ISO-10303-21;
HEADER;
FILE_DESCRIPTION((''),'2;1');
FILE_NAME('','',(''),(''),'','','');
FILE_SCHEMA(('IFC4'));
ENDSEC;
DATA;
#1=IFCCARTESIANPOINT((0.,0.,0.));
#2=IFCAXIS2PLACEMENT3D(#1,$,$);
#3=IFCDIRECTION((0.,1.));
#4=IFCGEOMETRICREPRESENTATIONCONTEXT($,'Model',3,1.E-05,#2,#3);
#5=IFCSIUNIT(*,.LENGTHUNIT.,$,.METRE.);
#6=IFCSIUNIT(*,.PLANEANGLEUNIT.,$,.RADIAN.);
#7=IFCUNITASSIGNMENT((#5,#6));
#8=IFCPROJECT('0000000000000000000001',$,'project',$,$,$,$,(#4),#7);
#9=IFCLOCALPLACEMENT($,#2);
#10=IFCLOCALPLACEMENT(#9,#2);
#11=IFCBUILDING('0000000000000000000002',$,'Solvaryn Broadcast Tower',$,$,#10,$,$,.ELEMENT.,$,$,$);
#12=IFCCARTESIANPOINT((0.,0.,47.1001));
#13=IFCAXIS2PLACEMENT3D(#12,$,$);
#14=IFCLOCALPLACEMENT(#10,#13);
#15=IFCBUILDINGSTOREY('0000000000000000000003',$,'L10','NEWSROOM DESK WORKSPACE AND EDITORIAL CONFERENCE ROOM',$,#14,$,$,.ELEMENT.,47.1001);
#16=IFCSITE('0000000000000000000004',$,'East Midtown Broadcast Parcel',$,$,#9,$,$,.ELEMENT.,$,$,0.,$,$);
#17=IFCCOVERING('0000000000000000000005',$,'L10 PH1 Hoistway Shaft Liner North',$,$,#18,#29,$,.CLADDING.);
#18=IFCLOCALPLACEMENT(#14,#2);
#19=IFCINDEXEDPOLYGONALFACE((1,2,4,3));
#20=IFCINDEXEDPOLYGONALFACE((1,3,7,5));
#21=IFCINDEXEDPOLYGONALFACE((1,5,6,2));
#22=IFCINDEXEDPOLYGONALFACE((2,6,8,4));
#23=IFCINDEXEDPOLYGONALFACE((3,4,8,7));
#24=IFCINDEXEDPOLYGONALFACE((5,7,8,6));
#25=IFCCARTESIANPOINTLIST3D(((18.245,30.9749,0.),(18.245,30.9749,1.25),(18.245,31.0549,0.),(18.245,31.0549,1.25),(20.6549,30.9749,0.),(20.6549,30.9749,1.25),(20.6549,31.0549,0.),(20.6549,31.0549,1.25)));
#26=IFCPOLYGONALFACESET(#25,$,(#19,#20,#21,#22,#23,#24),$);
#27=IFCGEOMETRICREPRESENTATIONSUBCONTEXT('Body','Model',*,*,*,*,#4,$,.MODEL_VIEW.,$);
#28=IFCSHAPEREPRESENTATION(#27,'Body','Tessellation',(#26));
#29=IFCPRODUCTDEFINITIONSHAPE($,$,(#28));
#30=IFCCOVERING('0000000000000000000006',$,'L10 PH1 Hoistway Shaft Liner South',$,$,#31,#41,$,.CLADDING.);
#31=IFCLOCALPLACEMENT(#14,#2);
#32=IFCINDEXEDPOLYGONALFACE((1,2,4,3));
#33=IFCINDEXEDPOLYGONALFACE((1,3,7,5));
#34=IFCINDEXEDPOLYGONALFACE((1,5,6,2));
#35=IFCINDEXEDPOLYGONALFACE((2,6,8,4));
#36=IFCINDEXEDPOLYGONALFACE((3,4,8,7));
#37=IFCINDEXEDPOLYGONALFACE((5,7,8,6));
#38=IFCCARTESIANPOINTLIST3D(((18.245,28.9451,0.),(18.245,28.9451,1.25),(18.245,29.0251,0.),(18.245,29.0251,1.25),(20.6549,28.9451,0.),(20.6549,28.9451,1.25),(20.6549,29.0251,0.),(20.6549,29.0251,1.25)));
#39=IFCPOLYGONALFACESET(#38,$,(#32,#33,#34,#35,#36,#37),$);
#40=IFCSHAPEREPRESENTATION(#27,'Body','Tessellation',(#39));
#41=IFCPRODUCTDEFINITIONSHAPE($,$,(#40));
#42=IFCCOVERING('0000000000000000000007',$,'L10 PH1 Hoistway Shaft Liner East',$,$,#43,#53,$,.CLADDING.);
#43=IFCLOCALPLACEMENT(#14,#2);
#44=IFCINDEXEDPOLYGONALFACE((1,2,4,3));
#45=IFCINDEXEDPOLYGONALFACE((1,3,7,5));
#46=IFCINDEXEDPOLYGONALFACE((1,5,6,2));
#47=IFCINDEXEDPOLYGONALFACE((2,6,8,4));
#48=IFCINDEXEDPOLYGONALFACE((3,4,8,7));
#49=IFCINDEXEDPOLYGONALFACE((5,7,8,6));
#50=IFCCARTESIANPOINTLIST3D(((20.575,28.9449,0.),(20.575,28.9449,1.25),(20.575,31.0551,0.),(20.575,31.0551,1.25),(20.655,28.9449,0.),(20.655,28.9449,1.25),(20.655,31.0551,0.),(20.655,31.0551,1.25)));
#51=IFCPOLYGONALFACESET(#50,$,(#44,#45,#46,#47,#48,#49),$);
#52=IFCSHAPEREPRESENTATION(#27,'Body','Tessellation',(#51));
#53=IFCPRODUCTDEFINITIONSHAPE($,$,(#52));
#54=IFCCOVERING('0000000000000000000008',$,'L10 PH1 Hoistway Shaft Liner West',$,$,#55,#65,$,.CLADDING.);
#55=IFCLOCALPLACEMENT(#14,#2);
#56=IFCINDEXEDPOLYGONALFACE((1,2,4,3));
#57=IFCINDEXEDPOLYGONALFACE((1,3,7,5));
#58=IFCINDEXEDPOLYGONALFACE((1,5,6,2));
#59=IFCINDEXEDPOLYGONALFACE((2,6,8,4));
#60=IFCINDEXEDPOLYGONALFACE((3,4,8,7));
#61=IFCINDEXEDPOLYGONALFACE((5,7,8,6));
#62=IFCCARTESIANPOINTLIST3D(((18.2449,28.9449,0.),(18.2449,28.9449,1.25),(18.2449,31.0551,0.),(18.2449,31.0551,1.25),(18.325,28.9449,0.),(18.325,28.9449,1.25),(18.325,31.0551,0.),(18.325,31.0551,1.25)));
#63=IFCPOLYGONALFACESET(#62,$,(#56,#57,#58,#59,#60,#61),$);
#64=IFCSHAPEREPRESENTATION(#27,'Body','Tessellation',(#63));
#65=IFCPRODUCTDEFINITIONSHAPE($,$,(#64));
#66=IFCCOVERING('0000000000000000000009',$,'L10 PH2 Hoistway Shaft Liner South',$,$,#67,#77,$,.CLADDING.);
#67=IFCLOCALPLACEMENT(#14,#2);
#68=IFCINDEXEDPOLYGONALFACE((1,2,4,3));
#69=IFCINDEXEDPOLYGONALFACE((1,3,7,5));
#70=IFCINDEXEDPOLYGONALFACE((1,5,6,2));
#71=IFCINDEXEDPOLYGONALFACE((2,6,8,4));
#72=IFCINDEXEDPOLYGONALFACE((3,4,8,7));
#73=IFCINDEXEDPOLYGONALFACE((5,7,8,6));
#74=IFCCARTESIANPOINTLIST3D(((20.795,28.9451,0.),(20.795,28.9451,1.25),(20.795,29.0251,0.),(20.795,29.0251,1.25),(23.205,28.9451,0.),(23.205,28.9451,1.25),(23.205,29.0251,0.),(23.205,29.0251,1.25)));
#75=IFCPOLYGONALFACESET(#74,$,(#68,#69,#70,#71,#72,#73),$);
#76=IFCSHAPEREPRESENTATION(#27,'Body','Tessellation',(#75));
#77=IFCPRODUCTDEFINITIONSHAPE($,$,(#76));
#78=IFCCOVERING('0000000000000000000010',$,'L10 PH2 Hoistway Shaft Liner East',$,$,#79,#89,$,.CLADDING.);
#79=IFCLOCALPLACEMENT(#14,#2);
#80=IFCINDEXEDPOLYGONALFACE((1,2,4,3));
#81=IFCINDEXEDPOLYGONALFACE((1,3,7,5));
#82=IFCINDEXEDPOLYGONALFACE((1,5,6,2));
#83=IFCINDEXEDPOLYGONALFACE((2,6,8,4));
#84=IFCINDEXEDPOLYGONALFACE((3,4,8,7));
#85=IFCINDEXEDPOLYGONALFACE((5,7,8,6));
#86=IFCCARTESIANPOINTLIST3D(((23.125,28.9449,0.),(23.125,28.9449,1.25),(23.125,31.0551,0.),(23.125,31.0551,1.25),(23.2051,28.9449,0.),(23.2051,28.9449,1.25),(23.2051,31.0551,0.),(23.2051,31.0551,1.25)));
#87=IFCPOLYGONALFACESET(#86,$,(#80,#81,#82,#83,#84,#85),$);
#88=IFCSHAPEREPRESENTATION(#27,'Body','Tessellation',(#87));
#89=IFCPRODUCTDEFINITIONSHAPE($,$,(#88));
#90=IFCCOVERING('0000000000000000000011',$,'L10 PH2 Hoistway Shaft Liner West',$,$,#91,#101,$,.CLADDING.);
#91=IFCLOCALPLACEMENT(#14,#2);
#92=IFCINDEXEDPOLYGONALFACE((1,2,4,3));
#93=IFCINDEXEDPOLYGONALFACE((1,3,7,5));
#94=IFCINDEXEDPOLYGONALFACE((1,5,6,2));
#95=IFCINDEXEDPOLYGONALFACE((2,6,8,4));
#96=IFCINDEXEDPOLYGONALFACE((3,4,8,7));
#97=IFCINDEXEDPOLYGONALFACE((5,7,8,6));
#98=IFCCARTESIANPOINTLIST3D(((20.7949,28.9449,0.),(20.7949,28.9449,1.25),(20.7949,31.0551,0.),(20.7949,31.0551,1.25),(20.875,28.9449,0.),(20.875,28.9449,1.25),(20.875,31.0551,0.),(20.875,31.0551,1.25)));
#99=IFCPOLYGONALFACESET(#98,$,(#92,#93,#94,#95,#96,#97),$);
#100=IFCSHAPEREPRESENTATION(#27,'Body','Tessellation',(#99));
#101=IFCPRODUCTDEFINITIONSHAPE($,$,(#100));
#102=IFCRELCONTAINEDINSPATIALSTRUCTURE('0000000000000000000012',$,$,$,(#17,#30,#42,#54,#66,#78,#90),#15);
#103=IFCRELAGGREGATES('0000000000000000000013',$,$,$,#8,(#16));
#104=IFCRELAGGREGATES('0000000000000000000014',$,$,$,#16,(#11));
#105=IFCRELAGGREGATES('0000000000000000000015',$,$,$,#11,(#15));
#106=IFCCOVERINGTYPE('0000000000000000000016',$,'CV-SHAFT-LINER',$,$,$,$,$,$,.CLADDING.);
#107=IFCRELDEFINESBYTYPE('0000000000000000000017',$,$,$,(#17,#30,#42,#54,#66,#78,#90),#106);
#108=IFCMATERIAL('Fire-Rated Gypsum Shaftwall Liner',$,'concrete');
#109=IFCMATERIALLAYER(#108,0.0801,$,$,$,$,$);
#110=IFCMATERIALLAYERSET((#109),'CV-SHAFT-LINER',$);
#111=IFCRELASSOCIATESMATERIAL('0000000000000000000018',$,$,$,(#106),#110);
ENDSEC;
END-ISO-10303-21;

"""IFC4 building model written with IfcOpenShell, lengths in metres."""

from ifc_helpers import new_model, si_unit, direction, frame, origin, origin_2d, place, context, subcontext, project, spatial, rectangle, extrude, material, layer, layer_set, type_object, element, save


model = new_model("IFC4")

# Units and contexts
model_context = context("Model", 3, precision=1e-05, world=origin(), true_north=direction((0.0, 1.0)))
body_context = subcontext(model_context, "Body", "Model", "MODEL_VIEW")
ifc_project = project(units=[si_unit("LENGTHUNIT", "METRE"), si_unit("PLANEANGLEUNIT", "RADIAN")], contexts=[model_context])

# Site, building, storey
site_placement = place(None, origin())
site = spatial("IfcSite", under=ifc_project, at=site_placement, Name="East Midtown Broadcast Parcel", CompositionType="ELEMENT", RefElevation=0.0)
building_placement = place(site_placement, origin())
building = spatial("IfcBuilding", under=site, at=building_placement, Name="Solvaryn Broadcast Tower", CompositionType="ELEMENT")
storey_placement = place(building_placement, frame((0.0, 0.0, 47.1001)))
storey = spatial("IfcBuildingStorey", under=building, at=storey_placement, Name="L10", Description="NEWSROOM DESK WORKSPACE AND EDITORIAL CONFERENCE ROOM", CompositionType="ELEMENT", Elevation=47.1001)

# Coverings
ifc_material_1 = material(Name="Fire-Rated Gypsum Shaftwall Liner", Category="concrete")
ifc_layer_1 = layer(ifc_material_1, 0.0801)
ifc_layer_set_1 = layer_set([ifc_layer_1], Name="CV-SHAFT-LINER")
covering_type = type_object("IfcCoveringType", Name="CV-SHAFT-LINER", PredefinedType="CLADDING", material=ifc_layer_set_1)
for number, where, z_axis, x_axis, name in (
    (1, (19.45, 31.0149, 0.0), (0.0, 0.0, 1.0), (1.0, 0.0, 0.0), "L10 PH1 Hoistway Shaft Liner North"),
    (2, (19.45, 28.9851, 0.0), (0.0, 0.0, 1.0), (1.0, 0.0, 0.0), "L10 PH1 Hoistway Shaft Liner South"),
):
    element("IfcCovering", number, at=place(storey_placement, frame(where, z_axis=z_axis, x_axis=x_axis)), inside=storey, type_object=covering_type, Name=name, PredefinedType="CLADDING", context=body_context, shape_type="SweptSolid", body=[
        extrude(rectangle(XDim=2.4099, YDim=0.0801, at=origin_2d()), origin(), (0.0, 0.0, 1.0), 1.25),
    ])
for number, where, z_axis, x_axis, name in (
    (3, (20.615, 30.0, 0.0), (0.0, 0.0, 1.0), (1.0, 0.0, 0.0), "L10 PH1 Hoistway Shaft Liner East"),
    (4, (18.2849, 30.0, 0.0), (0.0, 0.0, 1.0), (1.0, 0.0, 0.0), "L10 PH1 Hoistway Shaft Liner West"),
):
    element("IfcCovering", number, at=place(storey_placement, frame(where, z_axis=z_axis, x_axis=x_axis)), inside=storey, type_object=covering_type, Name=name, PredefinedType="CLADDING", context=body_context, shape_type="SweptSolid", body=[
        extrude(rectangle(XDim=0.0801, YDim=2.1101, at=origin_2d()), origin(), (0.0, 0.0, 1.0), 1.25),
    ])
covering_placement = place(storey_placement, frame((22.0, 28.9851, 0.0), z_axis=(0.0, 0.0, 1.0), x_axis=(1.0, 0.0, 0.0)))
element("IfcCovering", 5, at=covering_placement, inside=storey, type_object=covering_type, Name="L10 PH2 Hoistway Shaft Liner South", PredefinedType="CLADDING", context=body_context, shape_type="SweptSolid", body=[
    extrude(rectangle(XDim=2.4099, YDim=0.0801, at=origin_2d()), origin(), (0.0, 0.0, 1.0), 1.25),
])
for number, where, z_axis, x_axis, name in (
    (6, (23.165, 30.0, 0.0), (0.0, 0.0, 1.0), (1.0, 0.0, 0.0), "L10 PH2 Hoistway Shaft Liner East"),
    (7, (20.835, 30.0, 0.0), (0.0, 0.0, 1.0), (1.0, 0.0, 0.0), "L10 PH2 Hoistway Shaft Liner West"),
):
    element("IfcCovering", number, at=place(storey_placement, frame(where, z_axis=z_axis, x_axis=x_axis)), inside=storey, type_object=covering_type, Name=name, PredefinedType="CLADDING", context=body_context, shape_type="SweptSolid", body=[
        extrude(rectangle(XDim=0.0801, YDim=2.1101, at=origin_2d()), origin(), (0.0, 0.0, 1.0), 1.25),
    ])

save(model, "model.ifc")
